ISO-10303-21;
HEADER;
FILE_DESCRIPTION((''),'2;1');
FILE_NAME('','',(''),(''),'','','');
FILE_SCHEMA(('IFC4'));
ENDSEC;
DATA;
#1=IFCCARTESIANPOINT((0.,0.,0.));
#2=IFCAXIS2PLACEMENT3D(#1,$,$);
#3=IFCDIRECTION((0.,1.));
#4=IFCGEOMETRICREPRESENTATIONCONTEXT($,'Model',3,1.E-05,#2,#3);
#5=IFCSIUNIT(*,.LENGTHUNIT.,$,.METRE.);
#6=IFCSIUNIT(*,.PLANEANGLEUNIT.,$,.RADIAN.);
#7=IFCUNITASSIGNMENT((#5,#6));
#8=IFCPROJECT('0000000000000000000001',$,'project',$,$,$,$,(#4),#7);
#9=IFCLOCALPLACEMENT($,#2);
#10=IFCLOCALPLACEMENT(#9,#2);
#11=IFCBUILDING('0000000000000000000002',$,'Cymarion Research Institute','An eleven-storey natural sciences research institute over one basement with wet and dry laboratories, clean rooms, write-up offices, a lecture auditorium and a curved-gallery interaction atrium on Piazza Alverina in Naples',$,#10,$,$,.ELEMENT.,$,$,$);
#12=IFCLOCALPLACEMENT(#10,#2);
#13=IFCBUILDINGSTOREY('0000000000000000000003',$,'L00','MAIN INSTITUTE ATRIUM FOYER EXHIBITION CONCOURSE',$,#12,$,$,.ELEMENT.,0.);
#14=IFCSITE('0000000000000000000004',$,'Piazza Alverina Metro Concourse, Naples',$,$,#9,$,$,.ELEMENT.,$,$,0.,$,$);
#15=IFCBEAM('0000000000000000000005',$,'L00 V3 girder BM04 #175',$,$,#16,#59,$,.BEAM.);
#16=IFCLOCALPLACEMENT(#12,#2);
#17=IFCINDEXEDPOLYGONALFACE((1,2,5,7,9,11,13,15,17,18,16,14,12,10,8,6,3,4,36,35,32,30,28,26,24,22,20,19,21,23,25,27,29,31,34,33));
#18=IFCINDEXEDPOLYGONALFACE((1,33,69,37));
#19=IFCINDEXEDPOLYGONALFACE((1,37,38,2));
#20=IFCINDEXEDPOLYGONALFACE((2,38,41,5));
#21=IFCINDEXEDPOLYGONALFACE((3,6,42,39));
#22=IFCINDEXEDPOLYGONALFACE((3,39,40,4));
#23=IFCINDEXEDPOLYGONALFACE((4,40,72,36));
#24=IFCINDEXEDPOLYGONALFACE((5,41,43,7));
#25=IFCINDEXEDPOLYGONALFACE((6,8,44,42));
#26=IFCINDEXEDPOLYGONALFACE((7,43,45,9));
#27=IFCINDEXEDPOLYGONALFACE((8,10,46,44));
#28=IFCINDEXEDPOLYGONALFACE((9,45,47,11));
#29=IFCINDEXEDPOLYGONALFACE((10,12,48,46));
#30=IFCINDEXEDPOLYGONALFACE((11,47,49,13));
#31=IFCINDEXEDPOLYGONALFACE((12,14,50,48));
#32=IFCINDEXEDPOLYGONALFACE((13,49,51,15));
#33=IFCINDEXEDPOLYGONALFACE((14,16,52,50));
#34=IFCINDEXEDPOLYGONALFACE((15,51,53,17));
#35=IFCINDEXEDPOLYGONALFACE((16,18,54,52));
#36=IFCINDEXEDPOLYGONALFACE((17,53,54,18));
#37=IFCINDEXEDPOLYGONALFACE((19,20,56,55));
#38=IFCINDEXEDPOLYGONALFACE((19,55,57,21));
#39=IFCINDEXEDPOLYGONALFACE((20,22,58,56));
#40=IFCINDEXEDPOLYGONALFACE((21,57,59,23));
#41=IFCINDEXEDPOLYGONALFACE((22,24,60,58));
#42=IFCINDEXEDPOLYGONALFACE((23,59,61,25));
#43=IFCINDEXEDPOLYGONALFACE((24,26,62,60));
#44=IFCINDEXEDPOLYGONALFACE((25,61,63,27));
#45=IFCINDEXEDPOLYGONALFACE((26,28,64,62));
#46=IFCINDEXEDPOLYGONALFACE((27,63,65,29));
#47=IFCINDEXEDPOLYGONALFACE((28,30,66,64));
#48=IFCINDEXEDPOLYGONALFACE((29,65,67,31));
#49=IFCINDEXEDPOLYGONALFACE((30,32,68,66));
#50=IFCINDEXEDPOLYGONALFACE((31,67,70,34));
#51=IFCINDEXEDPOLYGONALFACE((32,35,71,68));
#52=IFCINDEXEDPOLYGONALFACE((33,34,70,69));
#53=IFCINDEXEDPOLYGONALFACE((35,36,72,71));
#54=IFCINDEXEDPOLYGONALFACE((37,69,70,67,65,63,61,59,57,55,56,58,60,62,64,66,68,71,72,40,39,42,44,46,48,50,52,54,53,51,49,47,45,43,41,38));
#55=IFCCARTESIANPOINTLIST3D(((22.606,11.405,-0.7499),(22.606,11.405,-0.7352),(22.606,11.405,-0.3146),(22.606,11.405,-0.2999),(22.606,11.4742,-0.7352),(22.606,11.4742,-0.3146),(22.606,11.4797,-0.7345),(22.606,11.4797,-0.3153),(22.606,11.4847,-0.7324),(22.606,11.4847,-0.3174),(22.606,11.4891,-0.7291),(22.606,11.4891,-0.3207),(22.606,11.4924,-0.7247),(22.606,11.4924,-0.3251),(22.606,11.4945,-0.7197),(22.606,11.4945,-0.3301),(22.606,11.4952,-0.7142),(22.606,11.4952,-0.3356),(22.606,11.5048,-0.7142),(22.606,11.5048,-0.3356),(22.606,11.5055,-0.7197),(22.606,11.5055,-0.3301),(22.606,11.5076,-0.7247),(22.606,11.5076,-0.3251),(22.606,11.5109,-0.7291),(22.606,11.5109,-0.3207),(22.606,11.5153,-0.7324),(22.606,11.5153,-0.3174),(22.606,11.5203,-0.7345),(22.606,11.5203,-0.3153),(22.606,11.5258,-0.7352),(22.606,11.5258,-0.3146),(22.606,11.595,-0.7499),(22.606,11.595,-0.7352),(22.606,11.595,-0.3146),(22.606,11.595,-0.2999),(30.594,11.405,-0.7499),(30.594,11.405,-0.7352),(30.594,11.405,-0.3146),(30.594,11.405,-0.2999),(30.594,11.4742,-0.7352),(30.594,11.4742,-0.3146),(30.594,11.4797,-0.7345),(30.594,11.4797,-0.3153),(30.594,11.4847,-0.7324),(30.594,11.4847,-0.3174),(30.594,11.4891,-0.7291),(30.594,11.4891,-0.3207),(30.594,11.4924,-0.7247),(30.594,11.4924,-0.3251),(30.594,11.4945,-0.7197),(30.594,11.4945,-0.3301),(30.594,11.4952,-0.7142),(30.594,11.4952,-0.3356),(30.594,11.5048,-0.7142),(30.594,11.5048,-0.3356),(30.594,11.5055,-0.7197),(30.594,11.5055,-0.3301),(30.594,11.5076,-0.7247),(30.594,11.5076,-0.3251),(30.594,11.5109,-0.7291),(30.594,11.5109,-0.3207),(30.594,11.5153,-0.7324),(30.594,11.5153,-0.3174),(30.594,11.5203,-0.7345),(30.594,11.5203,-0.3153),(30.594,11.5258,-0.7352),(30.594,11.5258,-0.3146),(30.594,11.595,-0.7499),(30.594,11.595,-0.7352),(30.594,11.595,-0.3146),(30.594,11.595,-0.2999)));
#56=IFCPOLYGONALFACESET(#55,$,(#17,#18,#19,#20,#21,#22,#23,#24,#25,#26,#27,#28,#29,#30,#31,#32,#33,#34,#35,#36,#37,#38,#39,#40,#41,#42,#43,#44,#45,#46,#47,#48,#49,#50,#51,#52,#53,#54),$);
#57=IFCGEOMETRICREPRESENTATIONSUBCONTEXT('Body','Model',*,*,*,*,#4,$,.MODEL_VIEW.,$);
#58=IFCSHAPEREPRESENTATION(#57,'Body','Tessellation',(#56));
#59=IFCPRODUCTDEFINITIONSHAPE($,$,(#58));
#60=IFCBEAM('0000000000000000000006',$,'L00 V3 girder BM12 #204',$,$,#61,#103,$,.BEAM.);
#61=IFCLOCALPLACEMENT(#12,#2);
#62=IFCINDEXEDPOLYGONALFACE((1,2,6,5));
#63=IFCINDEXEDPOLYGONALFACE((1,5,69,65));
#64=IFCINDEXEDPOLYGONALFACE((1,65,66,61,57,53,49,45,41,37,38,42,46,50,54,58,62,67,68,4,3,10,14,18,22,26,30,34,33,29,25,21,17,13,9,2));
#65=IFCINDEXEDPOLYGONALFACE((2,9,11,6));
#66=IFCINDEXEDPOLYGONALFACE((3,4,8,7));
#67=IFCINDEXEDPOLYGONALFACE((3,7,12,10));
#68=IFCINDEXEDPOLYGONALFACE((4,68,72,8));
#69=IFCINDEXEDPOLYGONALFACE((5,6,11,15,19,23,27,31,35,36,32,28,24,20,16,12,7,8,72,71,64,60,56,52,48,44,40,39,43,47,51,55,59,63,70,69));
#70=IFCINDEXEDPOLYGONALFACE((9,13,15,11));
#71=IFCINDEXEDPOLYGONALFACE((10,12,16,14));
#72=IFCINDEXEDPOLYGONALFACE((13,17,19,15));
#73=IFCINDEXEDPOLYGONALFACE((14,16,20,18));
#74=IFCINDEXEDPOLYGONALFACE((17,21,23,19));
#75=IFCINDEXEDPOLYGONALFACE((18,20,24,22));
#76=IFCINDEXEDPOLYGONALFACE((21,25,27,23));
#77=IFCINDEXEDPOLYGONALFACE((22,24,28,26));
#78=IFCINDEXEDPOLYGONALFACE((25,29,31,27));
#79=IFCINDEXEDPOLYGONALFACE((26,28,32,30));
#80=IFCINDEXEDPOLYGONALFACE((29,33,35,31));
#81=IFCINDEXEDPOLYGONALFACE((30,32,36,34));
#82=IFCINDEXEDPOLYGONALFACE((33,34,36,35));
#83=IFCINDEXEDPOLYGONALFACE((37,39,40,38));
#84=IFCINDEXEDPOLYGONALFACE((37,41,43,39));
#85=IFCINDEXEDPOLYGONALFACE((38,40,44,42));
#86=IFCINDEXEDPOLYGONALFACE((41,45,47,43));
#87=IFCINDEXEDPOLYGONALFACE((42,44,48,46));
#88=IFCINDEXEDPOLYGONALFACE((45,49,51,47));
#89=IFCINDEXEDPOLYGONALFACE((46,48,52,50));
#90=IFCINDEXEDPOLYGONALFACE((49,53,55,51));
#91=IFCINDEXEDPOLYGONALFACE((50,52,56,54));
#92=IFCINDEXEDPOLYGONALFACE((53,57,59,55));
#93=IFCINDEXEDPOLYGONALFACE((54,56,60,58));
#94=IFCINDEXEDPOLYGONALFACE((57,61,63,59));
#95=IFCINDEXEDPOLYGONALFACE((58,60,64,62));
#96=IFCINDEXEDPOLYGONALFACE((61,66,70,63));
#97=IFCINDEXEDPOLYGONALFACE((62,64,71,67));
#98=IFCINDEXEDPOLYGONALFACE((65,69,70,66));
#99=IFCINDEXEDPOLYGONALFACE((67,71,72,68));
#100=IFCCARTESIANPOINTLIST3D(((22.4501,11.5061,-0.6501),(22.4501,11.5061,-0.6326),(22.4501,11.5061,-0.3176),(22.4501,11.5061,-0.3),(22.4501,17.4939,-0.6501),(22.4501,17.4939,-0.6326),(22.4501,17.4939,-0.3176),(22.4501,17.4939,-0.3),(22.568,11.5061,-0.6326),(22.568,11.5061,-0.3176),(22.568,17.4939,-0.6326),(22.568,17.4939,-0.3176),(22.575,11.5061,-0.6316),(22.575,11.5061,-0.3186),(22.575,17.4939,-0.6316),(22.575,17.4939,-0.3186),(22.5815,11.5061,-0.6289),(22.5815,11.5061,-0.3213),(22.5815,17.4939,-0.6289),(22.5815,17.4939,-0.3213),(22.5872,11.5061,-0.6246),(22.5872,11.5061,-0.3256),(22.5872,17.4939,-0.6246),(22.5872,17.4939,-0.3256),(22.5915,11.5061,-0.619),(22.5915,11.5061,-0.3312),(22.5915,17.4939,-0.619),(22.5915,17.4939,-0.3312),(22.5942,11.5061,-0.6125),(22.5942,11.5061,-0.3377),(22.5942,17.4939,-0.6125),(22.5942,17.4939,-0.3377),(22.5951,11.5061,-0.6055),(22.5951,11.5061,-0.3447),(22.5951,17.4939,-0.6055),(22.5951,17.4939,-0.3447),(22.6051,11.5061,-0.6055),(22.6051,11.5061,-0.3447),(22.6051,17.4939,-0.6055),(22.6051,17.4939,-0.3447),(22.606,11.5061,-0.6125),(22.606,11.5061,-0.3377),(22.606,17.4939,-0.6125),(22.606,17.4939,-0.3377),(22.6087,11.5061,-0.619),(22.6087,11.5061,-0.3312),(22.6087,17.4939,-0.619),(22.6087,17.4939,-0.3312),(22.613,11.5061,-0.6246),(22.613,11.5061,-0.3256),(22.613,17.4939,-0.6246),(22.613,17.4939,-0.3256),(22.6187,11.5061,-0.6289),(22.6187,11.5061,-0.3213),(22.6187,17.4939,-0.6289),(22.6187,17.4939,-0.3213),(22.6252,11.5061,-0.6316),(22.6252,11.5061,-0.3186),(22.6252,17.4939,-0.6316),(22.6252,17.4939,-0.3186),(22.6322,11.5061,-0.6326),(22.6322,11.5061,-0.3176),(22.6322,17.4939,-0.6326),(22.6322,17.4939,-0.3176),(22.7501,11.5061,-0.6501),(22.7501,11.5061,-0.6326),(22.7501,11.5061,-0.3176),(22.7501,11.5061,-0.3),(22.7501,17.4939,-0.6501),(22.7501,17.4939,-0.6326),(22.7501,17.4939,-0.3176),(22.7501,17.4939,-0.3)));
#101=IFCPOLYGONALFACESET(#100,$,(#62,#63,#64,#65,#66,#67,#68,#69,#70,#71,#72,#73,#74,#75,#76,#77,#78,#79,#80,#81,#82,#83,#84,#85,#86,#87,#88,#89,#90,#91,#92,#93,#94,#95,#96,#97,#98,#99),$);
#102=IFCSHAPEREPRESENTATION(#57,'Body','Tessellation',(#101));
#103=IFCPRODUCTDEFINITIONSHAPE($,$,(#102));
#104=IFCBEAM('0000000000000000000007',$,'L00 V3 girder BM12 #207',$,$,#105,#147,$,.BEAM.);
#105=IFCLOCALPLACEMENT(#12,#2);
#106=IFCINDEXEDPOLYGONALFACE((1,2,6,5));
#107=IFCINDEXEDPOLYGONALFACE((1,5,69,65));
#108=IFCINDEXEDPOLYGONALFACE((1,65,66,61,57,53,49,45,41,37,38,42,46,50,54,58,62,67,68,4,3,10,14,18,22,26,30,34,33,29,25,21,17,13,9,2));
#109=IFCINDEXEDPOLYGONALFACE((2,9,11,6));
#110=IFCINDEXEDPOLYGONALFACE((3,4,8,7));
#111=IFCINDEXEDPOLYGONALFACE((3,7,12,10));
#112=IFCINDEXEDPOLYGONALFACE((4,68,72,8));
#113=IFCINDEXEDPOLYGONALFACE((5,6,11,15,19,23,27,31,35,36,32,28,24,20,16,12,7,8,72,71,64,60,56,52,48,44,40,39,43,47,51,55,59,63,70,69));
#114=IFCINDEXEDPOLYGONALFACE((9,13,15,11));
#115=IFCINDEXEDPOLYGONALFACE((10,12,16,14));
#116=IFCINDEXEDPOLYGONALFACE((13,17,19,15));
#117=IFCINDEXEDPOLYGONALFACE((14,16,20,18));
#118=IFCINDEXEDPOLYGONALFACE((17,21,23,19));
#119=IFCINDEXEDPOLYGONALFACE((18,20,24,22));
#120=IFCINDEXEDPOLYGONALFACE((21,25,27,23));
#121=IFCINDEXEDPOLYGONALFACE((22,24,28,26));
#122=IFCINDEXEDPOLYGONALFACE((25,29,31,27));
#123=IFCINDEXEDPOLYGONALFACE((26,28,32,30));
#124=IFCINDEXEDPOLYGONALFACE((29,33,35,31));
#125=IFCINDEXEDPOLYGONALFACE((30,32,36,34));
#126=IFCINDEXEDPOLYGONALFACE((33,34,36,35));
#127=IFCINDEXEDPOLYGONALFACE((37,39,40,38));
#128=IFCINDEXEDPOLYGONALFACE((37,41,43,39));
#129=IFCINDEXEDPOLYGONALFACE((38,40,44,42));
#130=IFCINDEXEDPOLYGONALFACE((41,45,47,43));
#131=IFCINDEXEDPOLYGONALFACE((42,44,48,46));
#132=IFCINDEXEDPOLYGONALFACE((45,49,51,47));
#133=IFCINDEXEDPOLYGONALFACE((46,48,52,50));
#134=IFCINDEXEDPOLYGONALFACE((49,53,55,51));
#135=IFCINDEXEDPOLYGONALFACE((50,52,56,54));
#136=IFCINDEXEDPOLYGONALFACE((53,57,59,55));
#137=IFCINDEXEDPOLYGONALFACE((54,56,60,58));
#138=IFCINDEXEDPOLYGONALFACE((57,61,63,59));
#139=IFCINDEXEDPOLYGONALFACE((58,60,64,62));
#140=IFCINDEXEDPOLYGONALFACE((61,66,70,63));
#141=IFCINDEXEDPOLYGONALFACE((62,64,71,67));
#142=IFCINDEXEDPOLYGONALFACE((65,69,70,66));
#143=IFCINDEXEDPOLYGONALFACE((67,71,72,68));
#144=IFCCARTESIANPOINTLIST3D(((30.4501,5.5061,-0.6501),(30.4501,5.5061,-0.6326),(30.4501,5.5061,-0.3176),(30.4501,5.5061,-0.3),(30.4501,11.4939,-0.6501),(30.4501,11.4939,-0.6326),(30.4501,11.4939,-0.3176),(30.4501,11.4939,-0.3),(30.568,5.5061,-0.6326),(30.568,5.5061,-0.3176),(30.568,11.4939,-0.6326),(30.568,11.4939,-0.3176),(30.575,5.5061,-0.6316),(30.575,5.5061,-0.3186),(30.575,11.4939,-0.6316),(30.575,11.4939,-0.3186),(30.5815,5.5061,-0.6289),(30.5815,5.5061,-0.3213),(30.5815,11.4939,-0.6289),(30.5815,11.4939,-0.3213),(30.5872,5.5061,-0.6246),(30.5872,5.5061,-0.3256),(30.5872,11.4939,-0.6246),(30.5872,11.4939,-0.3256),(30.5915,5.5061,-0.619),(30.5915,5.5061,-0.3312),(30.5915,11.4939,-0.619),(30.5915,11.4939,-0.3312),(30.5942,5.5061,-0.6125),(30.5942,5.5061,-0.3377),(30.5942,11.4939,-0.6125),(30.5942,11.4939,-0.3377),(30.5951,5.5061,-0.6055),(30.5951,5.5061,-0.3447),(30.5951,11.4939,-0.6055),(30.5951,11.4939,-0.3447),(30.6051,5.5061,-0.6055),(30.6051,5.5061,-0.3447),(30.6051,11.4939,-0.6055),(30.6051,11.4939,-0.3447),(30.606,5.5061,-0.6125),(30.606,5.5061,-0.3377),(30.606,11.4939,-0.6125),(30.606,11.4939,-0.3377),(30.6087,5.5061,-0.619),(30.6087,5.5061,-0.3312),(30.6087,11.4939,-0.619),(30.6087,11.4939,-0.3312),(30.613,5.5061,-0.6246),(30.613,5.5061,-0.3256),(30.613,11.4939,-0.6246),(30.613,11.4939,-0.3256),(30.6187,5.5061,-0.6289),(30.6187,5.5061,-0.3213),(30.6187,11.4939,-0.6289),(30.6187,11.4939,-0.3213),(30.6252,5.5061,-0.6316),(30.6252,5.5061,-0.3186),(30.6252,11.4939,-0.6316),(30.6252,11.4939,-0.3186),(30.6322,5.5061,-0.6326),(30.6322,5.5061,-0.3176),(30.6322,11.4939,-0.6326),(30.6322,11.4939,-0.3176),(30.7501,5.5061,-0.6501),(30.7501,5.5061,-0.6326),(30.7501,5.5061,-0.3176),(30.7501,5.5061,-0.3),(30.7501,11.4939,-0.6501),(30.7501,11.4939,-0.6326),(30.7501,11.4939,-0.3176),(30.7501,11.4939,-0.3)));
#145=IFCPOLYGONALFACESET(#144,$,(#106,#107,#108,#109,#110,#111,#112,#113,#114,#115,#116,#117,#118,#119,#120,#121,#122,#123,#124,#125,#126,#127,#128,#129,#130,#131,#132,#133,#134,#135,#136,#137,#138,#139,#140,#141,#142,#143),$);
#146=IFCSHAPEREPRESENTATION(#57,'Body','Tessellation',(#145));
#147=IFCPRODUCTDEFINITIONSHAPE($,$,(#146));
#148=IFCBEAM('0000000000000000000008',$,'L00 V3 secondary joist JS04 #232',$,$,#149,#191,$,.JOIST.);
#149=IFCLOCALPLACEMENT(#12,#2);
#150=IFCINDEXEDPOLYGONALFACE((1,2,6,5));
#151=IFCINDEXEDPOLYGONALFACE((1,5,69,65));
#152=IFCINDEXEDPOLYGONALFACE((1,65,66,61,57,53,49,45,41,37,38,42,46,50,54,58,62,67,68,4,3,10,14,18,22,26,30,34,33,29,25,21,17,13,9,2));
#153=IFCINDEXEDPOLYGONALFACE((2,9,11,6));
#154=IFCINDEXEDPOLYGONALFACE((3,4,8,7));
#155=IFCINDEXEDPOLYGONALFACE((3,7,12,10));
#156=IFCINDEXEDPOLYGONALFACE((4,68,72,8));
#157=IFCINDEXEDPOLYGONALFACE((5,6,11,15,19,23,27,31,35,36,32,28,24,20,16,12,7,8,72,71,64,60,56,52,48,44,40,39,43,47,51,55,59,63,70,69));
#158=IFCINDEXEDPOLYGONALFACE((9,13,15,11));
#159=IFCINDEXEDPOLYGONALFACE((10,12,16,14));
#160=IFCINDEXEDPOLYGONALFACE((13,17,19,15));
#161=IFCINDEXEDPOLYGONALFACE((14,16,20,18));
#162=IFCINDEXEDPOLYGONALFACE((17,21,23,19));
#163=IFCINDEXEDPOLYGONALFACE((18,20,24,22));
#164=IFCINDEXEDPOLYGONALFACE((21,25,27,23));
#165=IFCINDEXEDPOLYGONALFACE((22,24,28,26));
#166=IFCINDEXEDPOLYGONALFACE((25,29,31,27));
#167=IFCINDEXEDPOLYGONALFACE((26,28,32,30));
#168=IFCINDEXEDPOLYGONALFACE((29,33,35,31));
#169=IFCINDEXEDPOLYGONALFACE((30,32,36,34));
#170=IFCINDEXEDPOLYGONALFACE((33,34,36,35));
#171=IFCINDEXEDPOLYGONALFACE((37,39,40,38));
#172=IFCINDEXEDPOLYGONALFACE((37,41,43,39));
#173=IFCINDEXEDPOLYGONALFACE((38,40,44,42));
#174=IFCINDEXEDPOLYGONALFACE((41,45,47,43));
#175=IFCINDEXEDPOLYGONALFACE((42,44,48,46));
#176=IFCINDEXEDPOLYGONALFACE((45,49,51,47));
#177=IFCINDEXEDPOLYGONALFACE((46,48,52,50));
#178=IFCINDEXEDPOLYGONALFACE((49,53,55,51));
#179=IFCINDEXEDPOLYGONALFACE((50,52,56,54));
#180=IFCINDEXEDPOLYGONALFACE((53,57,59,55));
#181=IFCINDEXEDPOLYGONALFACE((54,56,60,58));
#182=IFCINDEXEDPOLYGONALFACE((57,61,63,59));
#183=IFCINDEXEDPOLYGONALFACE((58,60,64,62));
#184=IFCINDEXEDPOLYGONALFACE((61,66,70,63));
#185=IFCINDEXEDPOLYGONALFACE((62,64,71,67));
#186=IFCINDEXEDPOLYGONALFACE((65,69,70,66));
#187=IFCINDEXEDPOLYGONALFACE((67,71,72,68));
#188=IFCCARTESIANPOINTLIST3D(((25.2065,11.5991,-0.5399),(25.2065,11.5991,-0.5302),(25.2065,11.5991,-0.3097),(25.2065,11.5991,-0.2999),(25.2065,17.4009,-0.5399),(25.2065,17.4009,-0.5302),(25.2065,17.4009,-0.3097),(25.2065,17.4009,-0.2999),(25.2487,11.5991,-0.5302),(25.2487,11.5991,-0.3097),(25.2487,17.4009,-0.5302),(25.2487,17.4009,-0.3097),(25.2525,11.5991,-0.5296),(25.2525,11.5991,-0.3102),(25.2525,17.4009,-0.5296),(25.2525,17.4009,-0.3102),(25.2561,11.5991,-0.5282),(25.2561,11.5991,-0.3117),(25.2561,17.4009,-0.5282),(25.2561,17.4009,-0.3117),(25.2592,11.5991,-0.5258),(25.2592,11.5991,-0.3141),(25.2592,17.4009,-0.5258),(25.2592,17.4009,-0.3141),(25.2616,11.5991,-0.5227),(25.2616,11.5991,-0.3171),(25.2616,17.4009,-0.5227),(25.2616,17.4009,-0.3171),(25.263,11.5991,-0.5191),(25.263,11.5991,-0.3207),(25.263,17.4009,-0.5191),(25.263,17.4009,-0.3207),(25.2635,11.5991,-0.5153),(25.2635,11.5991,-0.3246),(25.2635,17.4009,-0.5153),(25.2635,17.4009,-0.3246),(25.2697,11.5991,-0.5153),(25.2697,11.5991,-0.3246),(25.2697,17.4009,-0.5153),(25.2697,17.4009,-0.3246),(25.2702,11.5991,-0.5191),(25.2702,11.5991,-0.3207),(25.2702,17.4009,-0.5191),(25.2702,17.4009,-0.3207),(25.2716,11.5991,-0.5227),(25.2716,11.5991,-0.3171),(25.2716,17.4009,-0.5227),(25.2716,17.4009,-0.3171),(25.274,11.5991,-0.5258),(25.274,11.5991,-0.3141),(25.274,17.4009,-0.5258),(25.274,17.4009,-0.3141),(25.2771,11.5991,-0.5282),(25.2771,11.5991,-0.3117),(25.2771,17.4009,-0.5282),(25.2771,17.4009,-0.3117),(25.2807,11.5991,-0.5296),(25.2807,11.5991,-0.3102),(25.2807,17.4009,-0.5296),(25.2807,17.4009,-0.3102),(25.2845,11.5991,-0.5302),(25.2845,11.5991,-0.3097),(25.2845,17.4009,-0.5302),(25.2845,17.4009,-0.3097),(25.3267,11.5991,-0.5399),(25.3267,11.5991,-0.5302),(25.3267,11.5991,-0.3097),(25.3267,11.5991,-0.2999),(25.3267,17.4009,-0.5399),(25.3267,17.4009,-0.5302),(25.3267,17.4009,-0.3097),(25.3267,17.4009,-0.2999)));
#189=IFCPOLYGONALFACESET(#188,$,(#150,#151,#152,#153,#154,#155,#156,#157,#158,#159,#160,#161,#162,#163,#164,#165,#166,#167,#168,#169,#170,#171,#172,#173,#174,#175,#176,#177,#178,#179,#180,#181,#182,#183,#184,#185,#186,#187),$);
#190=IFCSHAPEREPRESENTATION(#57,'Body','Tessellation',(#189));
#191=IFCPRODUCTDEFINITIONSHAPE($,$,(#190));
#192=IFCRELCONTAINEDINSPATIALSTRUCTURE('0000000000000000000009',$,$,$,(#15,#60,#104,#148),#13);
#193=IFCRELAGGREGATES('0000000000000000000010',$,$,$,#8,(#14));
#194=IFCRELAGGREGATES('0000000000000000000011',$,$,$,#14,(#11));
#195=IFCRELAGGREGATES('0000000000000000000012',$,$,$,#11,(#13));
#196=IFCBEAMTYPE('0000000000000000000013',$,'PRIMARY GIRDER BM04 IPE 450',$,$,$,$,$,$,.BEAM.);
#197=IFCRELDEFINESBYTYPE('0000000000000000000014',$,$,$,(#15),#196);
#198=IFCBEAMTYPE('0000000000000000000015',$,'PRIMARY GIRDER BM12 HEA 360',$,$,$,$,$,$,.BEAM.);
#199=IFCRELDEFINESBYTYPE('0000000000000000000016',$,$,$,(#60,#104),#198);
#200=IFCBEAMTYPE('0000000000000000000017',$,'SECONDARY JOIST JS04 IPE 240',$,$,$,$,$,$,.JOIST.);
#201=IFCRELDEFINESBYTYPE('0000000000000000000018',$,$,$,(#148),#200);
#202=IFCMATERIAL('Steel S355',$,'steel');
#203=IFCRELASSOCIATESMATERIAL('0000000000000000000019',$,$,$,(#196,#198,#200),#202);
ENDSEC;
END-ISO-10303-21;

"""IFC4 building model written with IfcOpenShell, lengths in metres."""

from ifc_helpers import new_model, si_unit, direction, frame, origin, origin_2d, place, context, subcontext, project, spatial, i_section, extrude, material, material_profile, profile_set, type_object, element, save


model = new_model("IFC4")

# Units and contexts
model_context = context("Model", 3, precision=1e-05, world=origin(), true_north=direction((0.0, 1.0)))
body_context = subcontext(model_context, "Body", "Model", "MODEL_VIEW")
ifc_project = project(units=[si_unit("LENGTHUNIT", "METRE"), si_unit("PLANEANGLEUNIT", "RADIAN")], contexts=[model_context])

# Site, building, storey
site_placement = place(None, origin())
site = spatial("IfcSite", under=ifc_project, at=site_placement, Name="Piazza Alverina Metro Concourse, Naples", CompositionType="ELEMENT", RefElevation=0.0)
building_placement = place(site_placement, origin())
building = spatial("IfcBuilding", under=site, at=building_placement, Name="Cymarion Research Institute", Description="An eleven-storey natural sciences research institute over one basement with wet and dry laboratories, clean rooms, write-up offices, a lecture auditorium and a curved-gallery interaction atrium on Piazza Alverina in Naples", CompositionType="ELEMENT")
storey_placement = place(building_placement, origin())
storey = spatial("IfcBuildingStorey", under=building, at=storey_placement, Name="L00", Description="MAIN INSTITUTE ATRIUM FOYER EXHIBITION CONCOURSE", CompositionType="ELEMENT", Elevation=0.0)

# Shared definitions
ifc_material_1 = material(Name="Steel S355", Category="steel")

# Beams
ifc_material_profile_1 = material_profile(ifc_material_1, i_section(OverallWidth=0.1899, OverallDepth=0.45, WebThickness=0.0095, FlangeThickness=0.0146, FilletRadius=0.021, at=origin_2d()), Name="IPE 450")
ifc_profile_set_1 = profile_set([ifc_material_profile_1], Name="Steel S355")
beam_type_1 = type_object("IfcBeamType", Name="PRIMARY GIRDER BM04 IPE 450", PredefinedType="BEAM", material=ifc_profile_set_1)
beam_placement = place(storey_placement, frame((22.606, 11.5, -0.5249), z_axis=(1.0, 0.0, 0.0), x_axis=(0.0, 1.0, 0.0)))
element("IfcBeam", 1, at=beam_placement, inside=storey, type_object=beam_type_1, Name="L00 V3 girder BM04 #175", PredefinedType="BEAM", context=body_context, shape_type="SweptSolid", body=[
    extrude(i_section(OverallWidth=0.1899, OverallDepth=0.45, WebThickness=0.0095, FlangeThickness=0.0146, FilletRadius=0.021, at=origin_2d()), origin(), (0.0, 0.0, 1.0), 7.988),
])
ifc_material_profile_2 = material_profile(ifc_material_1, i_section(OverallWidth=0.3, OverallDepth=0.3501, WebThickness=0.01, FlangeThickness=0.0176, FilletRadius=0.0271, at=origin_2d()), Name="HEA 360")
ifc_profile_set_2 = profile_set([ifc_material_profile_2], Name="Steel S355")
beam_type_2 = type_object("IfcBeamType", Name="PRIMARY GIRDER BM12 HEA 360", PredefinedType="BEAM", material=ifc_profile_set_2)
for number, where, z_axis, x_axis, name in (
    (2, (22.6001, 11.5061, -0.4751), (0.0, 1.0, 0.0), (-1.0, 0.0, 0.0), "L00 V3 girder BM12 #204"),
    (3, (30.6001, 5.5061, -0.4751), (0.0, 1.0, 0.0), (-1.0, 0.0, 0.0), "L00 V3 girder BM12 #207"),
):
    element("IfcBeam", number, at=place(storey_placement, frame(where, z_axis=z_axis, x_axis=x_axis)), inside=storey, type_object=beam_type_2, Name=name, PredefinedType="BEAM", context=body_context, shape_type="SweptSolid", body=[
        extrude(i_section(OverallWidth=0.3, OverallDepth=0.3501, WebThickness=0.01, FlangeThickness=0.0176, FilletRadius=0.0271, at=origin_2d()), origin(), (0.0, 0.0, 1.0), 5.9878),
    ])
ifc_material_profile_3 = material_profile(ifc_material_1, i_section(OverallWidth=0.1201, OverallDepth=0.24, WebThickness=0.0061, FlangeThickness=0.0098, FilletRadius=0.0149, at=origin_2d()), Name="IPE 240")
ifc_profile_set_3 = profile_set([ifc_material_profile_3], Name="Steel S355")
beam_type_3 = type_object("IfcBeamType", Name="SECONDARY JOIST JS04 IPE 240", PredefinedType="JOIST", material=ifc_profile_set_3)
for number, where, z_axis, x_axis, name in (
    (4, (25.2666, 11.5991, -0.4199), (0.0, 1.0, 0.0), (-1.0, 0.0, 0.0), "L00 V3 secondary joist JS04 #232"),
):
    element("IfcBeam", number, at=place(storey_placement, frame(where, z_axis=z_axis, x_axis=x_axis)), inside=storey, type_object=beam_type_3, Name=name, PredefinedType="JOIST", context=body_context, shape_type="SweptSolid", body=[
        extrude(i_section(OverallWidth=0.1201, OverallDepth=0.24, WebThickness=0.0061, FlangeThickness=0.0098, FilletRadius=0.0149, at=origin_2d()), origin(), (0.0, 0.0, 1.0), 5.8018),
    ])

save(model, "model.ifc")
